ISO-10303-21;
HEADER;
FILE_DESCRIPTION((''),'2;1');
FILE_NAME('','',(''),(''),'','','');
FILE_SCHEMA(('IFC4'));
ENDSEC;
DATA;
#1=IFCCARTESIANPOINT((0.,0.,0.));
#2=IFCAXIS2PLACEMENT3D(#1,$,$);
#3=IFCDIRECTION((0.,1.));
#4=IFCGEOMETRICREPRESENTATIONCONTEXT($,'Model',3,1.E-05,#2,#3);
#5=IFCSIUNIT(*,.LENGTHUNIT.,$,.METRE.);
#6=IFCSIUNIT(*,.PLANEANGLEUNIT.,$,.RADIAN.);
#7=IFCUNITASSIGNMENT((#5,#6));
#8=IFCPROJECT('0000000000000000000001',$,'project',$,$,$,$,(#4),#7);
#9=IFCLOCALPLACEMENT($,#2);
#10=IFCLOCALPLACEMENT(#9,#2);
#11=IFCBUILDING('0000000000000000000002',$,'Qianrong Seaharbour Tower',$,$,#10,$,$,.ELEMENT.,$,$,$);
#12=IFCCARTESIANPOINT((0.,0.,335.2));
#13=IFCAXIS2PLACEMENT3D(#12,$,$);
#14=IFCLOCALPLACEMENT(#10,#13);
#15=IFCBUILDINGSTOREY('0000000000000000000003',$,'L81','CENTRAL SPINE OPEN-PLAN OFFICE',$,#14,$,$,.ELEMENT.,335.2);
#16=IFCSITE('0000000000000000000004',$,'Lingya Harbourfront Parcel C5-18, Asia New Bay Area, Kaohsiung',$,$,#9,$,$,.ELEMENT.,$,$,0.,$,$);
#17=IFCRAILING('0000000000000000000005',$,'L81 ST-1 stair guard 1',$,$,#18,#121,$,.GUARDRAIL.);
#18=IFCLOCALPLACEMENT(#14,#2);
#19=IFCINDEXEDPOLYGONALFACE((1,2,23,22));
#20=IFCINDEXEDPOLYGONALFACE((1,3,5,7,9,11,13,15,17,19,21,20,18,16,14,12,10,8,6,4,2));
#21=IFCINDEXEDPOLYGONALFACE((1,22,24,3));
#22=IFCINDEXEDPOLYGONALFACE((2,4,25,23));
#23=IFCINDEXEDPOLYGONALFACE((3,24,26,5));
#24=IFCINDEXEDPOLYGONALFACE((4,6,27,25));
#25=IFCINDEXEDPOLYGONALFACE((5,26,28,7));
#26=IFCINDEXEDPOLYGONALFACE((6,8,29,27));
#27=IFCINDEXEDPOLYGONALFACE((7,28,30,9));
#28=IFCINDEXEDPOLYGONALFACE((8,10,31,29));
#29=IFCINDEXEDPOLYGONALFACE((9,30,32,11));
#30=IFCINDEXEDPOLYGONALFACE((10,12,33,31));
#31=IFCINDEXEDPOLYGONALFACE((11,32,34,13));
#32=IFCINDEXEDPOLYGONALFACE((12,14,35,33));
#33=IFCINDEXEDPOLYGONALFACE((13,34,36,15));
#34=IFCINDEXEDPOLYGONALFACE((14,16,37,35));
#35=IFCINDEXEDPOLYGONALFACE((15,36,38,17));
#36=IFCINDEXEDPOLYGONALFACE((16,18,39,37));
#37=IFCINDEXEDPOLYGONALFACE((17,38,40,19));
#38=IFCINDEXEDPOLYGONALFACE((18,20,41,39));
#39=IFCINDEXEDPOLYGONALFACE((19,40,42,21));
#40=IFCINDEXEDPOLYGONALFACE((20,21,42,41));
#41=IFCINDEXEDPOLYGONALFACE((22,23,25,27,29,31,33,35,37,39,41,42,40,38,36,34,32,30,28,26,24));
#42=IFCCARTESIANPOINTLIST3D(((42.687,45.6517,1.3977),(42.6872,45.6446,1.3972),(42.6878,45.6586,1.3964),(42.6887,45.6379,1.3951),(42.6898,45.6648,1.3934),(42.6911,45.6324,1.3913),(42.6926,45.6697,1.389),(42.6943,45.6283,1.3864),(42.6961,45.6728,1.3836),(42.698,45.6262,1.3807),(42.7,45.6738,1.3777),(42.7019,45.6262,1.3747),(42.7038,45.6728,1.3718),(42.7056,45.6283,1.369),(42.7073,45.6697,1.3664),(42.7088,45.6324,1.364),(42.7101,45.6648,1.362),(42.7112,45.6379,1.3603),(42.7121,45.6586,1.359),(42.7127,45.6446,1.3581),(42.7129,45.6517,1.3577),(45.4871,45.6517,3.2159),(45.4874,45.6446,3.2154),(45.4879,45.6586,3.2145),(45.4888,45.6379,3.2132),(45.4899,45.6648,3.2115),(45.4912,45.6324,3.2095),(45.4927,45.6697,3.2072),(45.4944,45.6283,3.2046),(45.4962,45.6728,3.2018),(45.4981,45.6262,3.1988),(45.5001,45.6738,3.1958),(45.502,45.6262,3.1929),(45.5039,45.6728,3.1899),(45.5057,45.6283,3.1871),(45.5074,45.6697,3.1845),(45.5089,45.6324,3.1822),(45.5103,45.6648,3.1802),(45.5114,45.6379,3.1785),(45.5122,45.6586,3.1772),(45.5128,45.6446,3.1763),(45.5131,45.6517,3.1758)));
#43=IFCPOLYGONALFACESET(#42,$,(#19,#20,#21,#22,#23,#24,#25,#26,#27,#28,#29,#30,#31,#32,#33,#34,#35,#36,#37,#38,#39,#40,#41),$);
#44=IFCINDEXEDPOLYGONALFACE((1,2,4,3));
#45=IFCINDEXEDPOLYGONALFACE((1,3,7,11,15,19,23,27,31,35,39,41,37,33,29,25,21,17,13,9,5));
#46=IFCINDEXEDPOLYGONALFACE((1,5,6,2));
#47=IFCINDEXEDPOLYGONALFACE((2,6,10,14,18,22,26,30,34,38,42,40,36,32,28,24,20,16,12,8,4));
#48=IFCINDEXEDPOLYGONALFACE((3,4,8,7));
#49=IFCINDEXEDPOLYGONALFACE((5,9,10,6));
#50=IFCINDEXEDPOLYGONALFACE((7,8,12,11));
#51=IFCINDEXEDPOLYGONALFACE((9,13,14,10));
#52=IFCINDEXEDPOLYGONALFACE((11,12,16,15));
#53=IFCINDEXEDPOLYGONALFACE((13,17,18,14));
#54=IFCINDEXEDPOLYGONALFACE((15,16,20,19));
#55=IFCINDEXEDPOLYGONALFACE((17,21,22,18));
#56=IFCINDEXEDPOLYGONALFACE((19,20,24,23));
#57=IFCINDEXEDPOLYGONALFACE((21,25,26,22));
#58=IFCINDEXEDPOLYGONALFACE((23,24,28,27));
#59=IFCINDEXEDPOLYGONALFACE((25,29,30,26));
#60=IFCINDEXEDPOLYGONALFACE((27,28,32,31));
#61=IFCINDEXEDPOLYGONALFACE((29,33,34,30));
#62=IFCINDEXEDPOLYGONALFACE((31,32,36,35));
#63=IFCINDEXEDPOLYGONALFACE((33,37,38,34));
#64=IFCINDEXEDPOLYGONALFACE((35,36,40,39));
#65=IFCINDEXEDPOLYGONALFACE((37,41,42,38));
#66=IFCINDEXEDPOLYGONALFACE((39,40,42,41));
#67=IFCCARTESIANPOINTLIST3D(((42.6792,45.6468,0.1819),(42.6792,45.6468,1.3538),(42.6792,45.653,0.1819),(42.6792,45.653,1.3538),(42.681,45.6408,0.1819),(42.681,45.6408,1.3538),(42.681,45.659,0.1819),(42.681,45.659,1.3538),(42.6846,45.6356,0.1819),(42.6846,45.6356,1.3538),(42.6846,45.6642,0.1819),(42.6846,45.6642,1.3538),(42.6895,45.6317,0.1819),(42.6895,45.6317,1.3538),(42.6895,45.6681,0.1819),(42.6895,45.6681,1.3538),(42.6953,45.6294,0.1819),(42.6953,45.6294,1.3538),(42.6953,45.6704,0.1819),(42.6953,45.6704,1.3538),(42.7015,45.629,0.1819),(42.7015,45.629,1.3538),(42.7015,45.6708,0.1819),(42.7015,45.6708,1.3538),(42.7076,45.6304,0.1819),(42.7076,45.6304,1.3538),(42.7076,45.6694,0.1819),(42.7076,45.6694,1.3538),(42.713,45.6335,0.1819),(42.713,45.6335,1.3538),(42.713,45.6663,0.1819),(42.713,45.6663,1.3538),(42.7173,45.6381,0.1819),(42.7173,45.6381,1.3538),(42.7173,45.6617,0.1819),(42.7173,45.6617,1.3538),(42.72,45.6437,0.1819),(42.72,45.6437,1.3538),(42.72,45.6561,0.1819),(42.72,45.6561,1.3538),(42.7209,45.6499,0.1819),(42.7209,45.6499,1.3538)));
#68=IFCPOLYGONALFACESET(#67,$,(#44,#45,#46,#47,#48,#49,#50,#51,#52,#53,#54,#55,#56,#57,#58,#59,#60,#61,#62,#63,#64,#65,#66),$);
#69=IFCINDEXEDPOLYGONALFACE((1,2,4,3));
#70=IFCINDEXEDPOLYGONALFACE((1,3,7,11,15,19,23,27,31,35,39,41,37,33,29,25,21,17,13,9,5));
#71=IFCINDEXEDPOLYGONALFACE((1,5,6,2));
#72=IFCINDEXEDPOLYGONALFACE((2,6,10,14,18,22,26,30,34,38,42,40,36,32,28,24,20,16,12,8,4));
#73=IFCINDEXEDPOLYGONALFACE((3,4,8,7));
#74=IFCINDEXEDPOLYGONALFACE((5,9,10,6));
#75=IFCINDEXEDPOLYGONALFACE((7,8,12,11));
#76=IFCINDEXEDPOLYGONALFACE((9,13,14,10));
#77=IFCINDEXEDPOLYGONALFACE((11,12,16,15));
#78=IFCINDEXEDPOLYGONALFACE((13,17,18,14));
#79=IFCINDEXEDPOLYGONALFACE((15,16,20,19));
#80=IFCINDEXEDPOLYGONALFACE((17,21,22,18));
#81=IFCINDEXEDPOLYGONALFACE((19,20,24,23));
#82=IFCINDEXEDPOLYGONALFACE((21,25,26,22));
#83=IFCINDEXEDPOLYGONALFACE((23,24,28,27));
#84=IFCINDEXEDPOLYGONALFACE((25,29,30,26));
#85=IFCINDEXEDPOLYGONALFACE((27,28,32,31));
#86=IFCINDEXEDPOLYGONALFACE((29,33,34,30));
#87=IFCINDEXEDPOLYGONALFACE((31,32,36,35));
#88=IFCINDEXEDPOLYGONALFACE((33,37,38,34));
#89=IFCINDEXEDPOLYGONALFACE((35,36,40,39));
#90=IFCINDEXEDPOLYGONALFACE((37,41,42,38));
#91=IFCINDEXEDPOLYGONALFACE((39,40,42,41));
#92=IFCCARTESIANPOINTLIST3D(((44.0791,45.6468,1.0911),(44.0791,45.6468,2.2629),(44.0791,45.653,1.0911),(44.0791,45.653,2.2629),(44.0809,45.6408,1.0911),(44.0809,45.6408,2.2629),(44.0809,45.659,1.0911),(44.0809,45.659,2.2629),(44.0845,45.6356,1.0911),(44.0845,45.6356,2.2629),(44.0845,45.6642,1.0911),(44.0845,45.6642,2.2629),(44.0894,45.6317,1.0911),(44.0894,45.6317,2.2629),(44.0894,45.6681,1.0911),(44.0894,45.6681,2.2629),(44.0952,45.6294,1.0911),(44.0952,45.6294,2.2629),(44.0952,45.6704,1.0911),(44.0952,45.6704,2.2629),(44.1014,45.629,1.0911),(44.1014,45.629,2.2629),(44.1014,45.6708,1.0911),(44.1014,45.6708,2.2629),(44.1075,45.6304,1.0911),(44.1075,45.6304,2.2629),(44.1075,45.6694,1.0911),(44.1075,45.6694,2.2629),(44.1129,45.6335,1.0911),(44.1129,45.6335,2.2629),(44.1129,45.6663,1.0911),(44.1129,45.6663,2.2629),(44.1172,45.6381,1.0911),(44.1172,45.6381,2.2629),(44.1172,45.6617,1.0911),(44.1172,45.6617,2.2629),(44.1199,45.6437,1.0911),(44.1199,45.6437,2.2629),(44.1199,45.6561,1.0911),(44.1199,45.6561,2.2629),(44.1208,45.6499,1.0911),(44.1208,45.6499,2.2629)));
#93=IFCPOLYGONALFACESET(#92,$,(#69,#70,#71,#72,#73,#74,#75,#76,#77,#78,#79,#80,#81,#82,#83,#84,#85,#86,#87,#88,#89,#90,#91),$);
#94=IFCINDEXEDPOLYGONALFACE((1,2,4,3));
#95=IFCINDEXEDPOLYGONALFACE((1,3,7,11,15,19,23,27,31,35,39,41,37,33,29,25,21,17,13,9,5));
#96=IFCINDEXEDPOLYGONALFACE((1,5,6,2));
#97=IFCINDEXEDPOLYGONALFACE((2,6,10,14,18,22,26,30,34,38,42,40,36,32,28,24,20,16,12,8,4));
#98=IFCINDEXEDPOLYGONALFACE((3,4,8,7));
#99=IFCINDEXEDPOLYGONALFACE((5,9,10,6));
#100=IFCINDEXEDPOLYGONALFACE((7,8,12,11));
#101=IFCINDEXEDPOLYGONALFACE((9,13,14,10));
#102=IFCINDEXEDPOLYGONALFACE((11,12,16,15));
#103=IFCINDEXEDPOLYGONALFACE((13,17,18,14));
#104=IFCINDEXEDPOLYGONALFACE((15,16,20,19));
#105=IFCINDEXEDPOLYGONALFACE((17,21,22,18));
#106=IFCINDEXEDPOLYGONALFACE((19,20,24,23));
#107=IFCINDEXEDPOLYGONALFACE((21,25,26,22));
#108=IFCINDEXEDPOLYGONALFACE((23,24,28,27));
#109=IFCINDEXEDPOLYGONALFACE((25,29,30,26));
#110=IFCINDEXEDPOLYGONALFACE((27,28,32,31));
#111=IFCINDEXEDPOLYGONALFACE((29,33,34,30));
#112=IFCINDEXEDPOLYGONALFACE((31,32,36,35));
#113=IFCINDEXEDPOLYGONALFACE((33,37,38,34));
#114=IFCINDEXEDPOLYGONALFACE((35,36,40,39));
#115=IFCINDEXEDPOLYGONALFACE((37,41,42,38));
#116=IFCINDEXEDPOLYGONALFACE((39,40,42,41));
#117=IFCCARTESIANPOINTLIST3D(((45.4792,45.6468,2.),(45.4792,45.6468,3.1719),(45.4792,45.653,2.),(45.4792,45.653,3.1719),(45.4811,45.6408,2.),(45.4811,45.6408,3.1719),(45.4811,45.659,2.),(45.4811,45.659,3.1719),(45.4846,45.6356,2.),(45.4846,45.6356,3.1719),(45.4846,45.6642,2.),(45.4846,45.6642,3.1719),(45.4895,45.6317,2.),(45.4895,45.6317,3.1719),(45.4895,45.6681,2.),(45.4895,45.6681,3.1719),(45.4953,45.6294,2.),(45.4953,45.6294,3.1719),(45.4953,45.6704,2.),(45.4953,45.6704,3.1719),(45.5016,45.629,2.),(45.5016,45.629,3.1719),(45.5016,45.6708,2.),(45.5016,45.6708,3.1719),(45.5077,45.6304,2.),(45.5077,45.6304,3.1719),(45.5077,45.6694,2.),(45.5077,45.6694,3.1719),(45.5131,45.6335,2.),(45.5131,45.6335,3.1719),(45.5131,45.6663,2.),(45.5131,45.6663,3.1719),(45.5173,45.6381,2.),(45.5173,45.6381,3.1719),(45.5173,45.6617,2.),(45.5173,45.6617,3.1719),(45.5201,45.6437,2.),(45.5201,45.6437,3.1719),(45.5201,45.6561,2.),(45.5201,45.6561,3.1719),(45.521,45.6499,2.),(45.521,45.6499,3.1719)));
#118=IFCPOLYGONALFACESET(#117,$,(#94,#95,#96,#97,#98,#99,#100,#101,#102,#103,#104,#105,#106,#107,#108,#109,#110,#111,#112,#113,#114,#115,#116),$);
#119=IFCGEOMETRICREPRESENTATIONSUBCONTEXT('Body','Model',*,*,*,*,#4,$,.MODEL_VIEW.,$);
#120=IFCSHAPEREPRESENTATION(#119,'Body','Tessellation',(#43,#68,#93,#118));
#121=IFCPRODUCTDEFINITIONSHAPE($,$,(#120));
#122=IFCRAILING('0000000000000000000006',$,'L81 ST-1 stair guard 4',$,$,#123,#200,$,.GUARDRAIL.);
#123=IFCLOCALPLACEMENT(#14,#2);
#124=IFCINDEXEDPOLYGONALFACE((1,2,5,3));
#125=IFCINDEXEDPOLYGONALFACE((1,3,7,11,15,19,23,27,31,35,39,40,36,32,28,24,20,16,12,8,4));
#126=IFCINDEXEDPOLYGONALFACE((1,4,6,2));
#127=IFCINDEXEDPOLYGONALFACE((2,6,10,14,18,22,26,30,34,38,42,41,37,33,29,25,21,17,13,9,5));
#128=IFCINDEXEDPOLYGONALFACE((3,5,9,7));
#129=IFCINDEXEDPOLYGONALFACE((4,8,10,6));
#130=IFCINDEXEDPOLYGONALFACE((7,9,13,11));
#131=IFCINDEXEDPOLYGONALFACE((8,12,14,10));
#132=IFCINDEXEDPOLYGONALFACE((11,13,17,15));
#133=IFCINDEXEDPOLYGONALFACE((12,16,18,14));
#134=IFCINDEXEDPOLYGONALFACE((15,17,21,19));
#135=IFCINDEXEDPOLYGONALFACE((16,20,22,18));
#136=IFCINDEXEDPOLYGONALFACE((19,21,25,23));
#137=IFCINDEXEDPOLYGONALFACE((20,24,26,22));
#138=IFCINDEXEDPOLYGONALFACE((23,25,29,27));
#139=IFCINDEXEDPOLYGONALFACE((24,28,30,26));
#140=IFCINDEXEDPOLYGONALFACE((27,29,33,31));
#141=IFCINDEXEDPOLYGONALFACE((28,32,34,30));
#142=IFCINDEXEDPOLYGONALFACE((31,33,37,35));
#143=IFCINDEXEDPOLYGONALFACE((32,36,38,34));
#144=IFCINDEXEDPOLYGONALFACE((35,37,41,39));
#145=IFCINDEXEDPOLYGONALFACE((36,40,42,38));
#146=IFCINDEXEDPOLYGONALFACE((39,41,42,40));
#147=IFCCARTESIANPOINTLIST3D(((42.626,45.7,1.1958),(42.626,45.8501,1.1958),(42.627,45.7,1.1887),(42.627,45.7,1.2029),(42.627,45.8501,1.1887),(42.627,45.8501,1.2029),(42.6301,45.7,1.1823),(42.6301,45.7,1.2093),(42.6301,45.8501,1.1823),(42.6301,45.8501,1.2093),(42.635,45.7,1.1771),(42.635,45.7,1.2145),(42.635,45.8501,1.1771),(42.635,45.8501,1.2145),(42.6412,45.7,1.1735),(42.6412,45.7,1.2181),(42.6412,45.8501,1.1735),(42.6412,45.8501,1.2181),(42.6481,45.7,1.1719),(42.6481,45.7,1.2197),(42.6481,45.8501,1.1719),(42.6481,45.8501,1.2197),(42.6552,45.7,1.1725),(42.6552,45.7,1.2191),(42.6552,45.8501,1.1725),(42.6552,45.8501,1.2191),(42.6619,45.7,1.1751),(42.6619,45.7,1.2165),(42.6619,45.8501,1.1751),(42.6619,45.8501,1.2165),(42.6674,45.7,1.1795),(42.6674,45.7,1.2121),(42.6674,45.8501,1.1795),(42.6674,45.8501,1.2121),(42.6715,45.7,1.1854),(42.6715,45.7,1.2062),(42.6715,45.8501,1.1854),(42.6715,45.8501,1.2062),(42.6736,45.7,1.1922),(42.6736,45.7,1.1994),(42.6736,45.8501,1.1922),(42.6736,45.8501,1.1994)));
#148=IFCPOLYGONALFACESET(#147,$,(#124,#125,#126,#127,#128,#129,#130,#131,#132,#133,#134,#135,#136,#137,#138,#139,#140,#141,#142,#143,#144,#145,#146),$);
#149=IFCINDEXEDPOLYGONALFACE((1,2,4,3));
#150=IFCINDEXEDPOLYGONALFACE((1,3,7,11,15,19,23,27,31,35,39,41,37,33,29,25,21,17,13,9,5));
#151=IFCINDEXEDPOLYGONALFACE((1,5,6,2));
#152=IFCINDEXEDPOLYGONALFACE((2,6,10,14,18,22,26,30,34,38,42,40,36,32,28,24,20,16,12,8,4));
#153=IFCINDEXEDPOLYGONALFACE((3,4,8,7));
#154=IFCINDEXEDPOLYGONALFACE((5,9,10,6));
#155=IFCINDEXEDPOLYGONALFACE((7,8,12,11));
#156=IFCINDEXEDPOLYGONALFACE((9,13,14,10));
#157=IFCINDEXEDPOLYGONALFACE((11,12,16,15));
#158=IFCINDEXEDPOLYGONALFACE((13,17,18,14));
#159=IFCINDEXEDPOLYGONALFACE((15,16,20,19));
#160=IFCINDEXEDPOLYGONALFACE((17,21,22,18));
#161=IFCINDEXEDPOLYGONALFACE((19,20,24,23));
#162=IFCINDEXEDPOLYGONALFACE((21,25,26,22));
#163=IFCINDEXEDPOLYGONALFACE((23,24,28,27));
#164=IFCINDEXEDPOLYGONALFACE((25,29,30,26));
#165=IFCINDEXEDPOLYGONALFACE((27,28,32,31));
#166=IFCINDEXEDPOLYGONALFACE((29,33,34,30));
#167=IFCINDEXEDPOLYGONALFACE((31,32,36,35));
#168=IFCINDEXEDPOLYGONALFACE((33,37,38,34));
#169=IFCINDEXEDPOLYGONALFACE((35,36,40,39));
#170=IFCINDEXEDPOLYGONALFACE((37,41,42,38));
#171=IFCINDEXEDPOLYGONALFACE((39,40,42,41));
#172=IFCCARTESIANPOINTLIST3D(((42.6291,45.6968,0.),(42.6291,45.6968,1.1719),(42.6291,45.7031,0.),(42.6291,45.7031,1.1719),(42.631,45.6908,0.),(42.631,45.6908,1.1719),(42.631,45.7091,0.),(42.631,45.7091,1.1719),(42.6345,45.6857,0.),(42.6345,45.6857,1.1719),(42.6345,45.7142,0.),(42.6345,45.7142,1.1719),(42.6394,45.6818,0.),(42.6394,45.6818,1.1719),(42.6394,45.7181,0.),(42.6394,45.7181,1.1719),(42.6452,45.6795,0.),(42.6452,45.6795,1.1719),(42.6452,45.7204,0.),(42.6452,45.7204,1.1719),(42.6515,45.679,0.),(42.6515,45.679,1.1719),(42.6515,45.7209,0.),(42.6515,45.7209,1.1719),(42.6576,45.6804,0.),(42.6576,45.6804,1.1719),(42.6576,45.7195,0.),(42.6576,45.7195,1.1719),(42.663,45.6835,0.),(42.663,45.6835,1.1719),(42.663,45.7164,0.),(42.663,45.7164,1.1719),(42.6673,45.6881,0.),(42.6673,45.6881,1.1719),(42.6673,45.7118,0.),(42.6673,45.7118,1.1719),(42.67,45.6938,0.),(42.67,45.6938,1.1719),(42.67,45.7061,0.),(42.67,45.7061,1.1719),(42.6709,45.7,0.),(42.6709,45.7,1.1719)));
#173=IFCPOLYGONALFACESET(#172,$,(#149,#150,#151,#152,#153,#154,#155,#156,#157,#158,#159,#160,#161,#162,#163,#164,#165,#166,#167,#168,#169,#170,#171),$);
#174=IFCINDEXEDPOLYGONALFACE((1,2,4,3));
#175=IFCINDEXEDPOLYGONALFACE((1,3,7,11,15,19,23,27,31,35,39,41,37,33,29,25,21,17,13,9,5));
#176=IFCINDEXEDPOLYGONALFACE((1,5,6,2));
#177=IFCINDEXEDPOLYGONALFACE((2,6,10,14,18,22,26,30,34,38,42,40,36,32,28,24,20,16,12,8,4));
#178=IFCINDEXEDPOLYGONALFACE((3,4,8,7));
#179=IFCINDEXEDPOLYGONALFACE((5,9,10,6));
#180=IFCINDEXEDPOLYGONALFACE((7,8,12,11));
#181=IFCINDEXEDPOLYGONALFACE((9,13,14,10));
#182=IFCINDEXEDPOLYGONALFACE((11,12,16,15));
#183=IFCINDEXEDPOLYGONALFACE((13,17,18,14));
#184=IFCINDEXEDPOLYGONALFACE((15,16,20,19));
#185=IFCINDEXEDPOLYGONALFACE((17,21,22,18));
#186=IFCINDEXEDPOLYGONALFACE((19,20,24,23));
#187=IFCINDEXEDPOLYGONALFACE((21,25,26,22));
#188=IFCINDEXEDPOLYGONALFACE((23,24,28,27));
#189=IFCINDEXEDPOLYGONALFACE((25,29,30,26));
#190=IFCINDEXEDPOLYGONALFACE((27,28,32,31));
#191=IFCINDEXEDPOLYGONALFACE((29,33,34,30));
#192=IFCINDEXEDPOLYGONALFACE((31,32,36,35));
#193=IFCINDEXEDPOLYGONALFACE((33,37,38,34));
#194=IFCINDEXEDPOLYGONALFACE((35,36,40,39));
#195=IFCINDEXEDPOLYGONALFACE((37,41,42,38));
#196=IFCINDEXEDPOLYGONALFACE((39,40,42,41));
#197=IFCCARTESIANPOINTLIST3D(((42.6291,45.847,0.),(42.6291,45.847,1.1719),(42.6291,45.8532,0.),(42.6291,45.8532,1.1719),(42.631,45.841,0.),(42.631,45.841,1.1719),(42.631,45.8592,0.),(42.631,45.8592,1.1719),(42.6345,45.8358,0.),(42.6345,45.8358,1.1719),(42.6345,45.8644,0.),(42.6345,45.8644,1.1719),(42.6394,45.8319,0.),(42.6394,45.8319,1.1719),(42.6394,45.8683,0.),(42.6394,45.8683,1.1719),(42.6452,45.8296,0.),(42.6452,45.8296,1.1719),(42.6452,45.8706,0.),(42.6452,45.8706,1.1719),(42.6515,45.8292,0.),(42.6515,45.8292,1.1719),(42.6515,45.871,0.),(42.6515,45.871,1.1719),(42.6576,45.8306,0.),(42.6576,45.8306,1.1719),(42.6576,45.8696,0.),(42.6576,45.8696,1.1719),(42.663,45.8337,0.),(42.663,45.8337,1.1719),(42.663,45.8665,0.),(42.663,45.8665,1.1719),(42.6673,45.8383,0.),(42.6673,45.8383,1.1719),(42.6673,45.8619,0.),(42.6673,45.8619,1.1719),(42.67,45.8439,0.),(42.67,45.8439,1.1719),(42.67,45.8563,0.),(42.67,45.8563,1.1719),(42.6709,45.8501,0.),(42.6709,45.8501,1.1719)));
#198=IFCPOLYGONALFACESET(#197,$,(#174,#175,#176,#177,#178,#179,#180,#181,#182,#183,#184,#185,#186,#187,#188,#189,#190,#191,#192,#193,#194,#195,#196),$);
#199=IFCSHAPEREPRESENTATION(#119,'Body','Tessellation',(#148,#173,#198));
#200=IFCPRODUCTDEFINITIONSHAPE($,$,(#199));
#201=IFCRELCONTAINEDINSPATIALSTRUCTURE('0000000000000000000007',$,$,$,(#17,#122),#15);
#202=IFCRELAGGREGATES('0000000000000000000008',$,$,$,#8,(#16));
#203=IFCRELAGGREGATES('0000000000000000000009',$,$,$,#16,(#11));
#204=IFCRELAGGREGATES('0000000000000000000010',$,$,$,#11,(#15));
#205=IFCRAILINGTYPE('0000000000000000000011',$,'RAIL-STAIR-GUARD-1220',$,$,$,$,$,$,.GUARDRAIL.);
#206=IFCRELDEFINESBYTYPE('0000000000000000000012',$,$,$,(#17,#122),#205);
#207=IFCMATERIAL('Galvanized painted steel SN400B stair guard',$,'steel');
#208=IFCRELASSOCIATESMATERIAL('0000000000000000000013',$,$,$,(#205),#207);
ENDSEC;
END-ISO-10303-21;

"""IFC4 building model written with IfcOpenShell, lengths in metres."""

from ifc_helpers import new_model, si_unit, direction, frame, origin, origin_2d, place, context, subcontext, project, spatial, circle, extrude, material, type_object, element, save


model = new_model("IFC4")

# Units and contexts
model_context = context("Model", 3, precision=1e-05, world=origin(), true_north=direction((0.0, 1.0)))
body_context = subcontext(model_context, "Body", "Model", "MODEL_VIEW")
ifc_project = project(units=[si_unit("LENGTHUNIT", "METRE"), si_unit("PLANEANGLEUNIT", "RADIAN")], contexts=[model_context])

# Site, building, storey
site_placement = place(None, origin())
site = spatial("IfcSite", under=ifc_project, at=site_placement, Name="Lingya Harbourfront Parcel C5-18, Asia New Bay Area, Kaohsiung", CompositionType="ELEMENT", RefElevation=0.0)
building_placement = place(site_placement, origin())
building = spatial("IfcBuilding", under=site, at=building_placement, Name="Qianrong Seaharbour Tower", CompositionType="ELEMENT")
storey_placement = place(building_placement, frame((0.0, 0.0, 335.2)))
storey = spatial("IfcBuildingStorey", under=building, at=storey_placement, Name="L81", Description="CENTRAL SPINE OPEN-PLAN OFFICE", CompositionType="ELEMENT", Elevation=335.2)

# Railings
ifc_material_1 = material(Name="Galvanized painted steel SN400B stair guard", Category="steel")
railing_type_1 = type_object("IfcRailingType", Name="RAIL-STAIR-GUARD-1220", PredefinedType="GUARDRAIL", material=ifc_material_1)
railing_1_placement = place(storey_placement, frame((42.7, 45.6499, 0.1819)))
element("IfcRailing", 1, at=railing_1_placement, inside=storey, type_object=railing_type_1, Name="L81 ST-1 stair guard 1", PredefinedType="GUARDRAIL", context=body_context, shape_type="SweptSolid", body=[
    extrude(circle(Radius=0.0239, at=origin_2d()), frame((0.0, 0.0, 1.1958), z_axis=(0.838706, 0.0, 0.544585), x_axis=(0.0, 1.0, 0.0)), (0.0, 0.0, 1.0), 3.3386),
    extrude(circle(Radius=0.021, at=origin_2d()), origin(), (0.0, 0.0, 1.0), 1.1719),
    extrude(circle(Radius=0.021, at=origin_2d()), frame((1.3999, 0.0, 0.9092)), (0.0, 0.0, 1.0), 1.1719),
    extrude(circle(Radius=0.021, at=origin_2d()), frame((2.8, 0.0, 1.8181)), (0.0, 0.0, 1.0), 1.1719),
])
railing_2_placement = place(storey_placement, frame((42.6499, 45.7, 0.0)))
element("IfcRailing", 2, at=railing_2_placement, inside=storey, type_object=railing_type_1, Name="L81 ST-1 stair guard 4", PredefinedType="GUARDRAIL", context=body_context, shape_type="SweptSolid", body=[
    extrude(circle(Radius=0.0239, at=origin_2d()), frame((0.0, 0.0, 1.1958), z_axis=(0.0, 1.0, 0.0), x_axis=(-1.0, 0.0, 0.0)), (0.0, 0.0, 1.0), 0.1501),
    extrude(circle(Radius=0.021, at=origin_2d()), origin(), (0.0, 0.0, 1.0), 1.1719),
    extrude(circle(Radius=0.021, at=origin_2d()), frame((0.0, 0.1501, 0.0)), (0.0, 0.0, 1.0), 1.1719),
])

save(model, "model.ifc")
